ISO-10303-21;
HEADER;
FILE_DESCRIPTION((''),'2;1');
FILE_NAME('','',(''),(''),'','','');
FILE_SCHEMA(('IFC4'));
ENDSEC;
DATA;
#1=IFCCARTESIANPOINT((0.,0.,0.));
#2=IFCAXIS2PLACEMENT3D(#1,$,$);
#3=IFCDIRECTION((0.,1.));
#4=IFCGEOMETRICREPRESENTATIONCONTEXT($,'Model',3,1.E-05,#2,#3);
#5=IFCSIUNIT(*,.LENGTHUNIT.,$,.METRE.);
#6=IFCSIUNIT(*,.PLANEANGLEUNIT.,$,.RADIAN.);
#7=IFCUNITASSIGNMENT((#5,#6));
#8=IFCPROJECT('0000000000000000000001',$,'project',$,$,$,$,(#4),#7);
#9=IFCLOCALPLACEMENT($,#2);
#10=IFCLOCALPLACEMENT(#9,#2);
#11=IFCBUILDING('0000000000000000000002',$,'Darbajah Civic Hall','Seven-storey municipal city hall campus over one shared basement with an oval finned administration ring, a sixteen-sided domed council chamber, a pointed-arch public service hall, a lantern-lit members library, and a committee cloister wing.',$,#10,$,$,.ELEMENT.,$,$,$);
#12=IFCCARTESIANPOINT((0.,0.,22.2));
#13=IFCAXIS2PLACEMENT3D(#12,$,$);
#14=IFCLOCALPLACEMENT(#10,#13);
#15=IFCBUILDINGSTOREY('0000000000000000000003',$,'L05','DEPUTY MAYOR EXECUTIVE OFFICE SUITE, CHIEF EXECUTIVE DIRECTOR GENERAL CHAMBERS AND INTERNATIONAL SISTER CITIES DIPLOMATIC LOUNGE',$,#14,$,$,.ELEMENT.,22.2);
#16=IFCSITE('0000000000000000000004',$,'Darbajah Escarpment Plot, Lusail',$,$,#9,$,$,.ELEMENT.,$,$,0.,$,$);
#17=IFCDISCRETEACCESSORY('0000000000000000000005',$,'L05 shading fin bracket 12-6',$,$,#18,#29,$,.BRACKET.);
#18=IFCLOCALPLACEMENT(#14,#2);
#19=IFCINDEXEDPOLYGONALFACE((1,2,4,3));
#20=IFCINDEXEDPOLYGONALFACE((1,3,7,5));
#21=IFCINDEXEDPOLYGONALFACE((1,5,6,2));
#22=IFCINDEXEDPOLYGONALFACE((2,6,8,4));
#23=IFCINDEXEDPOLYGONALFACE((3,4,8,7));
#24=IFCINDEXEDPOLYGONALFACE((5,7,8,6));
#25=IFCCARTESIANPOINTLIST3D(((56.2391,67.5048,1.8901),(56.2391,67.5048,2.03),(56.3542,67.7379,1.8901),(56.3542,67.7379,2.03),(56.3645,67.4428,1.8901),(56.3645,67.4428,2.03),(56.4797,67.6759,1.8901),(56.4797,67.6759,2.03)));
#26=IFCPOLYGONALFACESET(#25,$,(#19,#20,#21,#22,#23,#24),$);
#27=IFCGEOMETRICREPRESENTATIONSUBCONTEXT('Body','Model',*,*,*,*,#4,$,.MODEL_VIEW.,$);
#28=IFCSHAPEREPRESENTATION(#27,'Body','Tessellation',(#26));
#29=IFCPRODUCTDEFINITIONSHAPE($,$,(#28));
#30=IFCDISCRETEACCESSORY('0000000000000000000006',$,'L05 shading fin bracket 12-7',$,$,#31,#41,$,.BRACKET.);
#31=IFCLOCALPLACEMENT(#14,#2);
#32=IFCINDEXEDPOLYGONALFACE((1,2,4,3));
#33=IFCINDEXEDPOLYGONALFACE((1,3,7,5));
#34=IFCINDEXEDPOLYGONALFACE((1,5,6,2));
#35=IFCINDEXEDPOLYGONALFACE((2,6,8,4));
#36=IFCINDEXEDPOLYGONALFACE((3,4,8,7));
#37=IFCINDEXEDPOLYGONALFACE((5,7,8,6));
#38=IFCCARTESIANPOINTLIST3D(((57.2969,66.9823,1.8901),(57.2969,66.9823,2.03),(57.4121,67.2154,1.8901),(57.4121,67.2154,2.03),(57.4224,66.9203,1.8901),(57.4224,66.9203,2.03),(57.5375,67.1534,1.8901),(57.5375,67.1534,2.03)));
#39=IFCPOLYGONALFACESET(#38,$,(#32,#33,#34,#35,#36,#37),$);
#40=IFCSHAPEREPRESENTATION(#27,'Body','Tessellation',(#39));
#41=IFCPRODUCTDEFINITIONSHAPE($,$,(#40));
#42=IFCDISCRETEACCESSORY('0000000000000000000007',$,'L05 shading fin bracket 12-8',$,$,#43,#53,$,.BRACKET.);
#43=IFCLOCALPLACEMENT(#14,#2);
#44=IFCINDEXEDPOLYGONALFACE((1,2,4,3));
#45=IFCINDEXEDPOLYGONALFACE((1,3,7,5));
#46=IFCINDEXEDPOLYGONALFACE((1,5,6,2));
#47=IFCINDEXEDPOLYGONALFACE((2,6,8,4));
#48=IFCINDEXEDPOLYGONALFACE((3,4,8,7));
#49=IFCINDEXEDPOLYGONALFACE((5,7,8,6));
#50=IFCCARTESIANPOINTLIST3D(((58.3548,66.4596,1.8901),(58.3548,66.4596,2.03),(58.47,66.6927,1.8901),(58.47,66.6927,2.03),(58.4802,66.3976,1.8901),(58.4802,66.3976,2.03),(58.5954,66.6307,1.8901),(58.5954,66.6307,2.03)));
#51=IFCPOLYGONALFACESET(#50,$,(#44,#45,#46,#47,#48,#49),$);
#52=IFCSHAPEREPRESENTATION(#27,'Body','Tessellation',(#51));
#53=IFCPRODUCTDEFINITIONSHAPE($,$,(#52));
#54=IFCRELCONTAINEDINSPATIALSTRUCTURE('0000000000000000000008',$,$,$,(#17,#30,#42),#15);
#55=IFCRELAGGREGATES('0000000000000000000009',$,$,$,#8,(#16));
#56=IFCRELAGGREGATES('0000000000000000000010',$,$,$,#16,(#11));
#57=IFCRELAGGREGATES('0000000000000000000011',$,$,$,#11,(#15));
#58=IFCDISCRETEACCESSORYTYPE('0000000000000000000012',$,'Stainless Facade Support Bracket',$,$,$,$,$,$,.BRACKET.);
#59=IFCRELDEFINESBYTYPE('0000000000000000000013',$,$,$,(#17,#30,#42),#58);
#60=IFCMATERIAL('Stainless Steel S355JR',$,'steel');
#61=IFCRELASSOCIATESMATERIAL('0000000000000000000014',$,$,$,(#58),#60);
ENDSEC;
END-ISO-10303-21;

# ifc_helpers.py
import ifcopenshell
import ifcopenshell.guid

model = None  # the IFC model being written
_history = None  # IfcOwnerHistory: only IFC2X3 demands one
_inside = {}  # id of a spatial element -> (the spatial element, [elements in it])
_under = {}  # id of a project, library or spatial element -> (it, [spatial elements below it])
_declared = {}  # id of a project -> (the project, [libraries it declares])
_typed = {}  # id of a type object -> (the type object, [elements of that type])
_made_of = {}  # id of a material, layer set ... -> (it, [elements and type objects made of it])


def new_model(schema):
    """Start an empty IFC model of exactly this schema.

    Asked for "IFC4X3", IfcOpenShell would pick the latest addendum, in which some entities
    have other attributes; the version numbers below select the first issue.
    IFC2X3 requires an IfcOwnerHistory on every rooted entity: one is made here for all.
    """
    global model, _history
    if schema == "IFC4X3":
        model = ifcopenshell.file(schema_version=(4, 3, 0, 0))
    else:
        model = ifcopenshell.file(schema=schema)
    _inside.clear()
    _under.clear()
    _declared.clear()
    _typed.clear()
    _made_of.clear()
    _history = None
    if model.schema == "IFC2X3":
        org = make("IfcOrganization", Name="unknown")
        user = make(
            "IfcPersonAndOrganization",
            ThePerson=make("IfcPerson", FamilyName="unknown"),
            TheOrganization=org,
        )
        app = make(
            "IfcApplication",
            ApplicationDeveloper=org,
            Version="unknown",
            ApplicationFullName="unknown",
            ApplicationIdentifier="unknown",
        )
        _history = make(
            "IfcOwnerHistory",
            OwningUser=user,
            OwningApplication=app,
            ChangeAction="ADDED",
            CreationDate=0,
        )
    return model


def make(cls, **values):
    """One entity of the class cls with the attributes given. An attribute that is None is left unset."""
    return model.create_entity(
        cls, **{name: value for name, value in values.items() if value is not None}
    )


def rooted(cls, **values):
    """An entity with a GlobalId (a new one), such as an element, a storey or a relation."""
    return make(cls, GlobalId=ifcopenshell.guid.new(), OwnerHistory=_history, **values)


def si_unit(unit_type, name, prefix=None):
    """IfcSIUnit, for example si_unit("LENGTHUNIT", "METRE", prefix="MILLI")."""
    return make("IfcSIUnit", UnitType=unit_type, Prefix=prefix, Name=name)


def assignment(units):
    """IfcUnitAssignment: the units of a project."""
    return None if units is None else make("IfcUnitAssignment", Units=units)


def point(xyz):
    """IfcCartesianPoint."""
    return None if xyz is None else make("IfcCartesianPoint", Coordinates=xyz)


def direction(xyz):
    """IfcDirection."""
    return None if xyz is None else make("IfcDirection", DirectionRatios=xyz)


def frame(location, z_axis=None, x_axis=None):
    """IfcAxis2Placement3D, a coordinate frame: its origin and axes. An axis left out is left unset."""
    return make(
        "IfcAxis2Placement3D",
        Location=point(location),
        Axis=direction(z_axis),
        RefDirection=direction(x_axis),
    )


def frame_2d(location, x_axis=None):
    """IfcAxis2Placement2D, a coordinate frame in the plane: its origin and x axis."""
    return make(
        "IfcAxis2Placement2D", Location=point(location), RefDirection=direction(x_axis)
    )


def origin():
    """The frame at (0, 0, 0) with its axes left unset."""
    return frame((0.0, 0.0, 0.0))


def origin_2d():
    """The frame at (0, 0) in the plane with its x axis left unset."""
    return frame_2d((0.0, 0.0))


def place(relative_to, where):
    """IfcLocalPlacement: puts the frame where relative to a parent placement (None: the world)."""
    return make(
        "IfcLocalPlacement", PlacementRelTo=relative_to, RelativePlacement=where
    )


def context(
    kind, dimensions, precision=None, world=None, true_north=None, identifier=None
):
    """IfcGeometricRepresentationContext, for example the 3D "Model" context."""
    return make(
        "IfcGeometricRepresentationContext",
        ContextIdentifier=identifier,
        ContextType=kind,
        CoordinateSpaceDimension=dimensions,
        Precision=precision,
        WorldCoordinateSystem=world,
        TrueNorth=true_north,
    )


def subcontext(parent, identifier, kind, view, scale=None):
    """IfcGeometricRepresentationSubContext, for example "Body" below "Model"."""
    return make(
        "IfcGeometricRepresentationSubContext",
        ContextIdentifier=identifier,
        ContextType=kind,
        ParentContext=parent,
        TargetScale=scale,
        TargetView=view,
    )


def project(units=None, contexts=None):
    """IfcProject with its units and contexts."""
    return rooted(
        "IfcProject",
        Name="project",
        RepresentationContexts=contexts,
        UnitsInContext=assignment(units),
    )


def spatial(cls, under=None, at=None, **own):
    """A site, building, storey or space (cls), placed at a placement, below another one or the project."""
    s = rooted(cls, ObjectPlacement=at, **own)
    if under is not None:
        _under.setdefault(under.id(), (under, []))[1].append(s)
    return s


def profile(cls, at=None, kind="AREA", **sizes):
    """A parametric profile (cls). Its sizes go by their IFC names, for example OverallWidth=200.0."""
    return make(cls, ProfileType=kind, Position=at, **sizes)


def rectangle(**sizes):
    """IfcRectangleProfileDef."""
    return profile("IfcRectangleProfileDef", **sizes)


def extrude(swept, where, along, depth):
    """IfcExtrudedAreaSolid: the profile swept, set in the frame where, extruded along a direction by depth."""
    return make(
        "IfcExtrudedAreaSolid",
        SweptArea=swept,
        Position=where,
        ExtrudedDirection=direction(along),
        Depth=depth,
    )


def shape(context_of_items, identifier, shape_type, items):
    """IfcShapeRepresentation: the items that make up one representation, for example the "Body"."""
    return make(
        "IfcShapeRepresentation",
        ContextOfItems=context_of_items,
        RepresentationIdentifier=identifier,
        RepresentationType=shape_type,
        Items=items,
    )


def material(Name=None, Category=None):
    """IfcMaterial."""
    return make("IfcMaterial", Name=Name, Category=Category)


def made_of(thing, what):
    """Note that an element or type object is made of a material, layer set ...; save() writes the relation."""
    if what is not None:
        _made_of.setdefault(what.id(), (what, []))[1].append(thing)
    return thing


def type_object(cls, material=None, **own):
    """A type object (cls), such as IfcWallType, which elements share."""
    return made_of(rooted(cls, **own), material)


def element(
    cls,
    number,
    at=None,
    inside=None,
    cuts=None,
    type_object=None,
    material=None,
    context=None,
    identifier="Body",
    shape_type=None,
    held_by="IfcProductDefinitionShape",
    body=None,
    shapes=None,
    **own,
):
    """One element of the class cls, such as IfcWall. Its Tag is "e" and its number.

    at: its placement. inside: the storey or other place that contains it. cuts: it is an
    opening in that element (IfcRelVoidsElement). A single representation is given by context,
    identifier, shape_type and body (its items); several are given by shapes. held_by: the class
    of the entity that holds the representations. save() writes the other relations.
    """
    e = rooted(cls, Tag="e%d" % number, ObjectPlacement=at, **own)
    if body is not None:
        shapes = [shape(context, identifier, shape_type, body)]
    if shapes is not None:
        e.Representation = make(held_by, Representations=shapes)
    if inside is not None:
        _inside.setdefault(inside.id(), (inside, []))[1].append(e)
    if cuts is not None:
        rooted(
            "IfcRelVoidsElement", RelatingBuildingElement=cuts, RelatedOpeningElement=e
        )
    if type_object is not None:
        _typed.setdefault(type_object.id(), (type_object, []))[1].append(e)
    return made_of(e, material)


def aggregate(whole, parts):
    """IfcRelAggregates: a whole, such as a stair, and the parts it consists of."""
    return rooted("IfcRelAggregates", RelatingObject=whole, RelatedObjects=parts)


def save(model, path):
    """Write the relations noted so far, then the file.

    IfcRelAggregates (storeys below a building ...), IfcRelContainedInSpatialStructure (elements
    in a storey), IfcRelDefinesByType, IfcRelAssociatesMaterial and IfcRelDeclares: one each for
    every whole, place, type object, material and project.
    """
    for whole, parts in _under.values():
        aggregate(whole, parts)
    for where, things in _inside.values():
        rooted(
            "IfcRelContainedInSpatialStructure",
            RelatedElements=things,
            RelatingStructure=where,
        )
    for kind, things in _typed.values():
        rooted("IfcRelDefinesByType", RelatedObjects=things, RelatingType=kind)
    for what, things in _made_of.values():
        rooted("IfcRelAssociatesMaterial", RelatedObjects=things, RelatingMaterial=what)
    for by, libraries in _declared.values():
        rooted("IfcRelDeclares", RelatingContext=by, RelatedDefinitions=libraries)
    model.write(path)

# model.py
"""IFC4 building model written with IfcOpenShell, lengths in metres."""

from ifc_helpers import new_model, si_unit, direction, frame, origin, origin_2d, place, context, subcontext, project, spatial, rectangle, extrude, material, type_object, element, save


model = new_model("IFC4")

# Units and contexts
model_context = context("Model", 3, precision=1e-05, world=origin(), true_north=direction((0.0, 1.0)))
body_context = subcontext(model_context, "Body", "Model", "MODEL_VIEW")
ifc_project = project(units=[si_unit("LENGTHUNIT", "METRE"), si_unit("PLANEANGLEUNIT", "RADIAN")], contexts=[model_context])

# Site, building, storey
site_placement = place(None, origin())
site = spatial("IfcSite", under=ifc_project, at=site_placement, Name="Darbajah Escarpment Plot, Lusail", CompositionType="ELEMENT", RefElevation=0.0)
building_placement = place(site_placement, origin())
building = spatial("IfcBuilding", under=site, at=building_placement, Name="Darbajah Civic Hall", Description="Seven-storey municipal city hall campus over one shared basement with an oval finned administration ring, a sixteen-sided domed council chamber, a pointed-arch public service hall, a lantern-lit members library, and a committee cloister wing.", CompositionType="ELEMENT")
storey_placement = place(building_placement, frame((0.0, 0.0, 22.2)))
storey = spatial("IfcBuildingStorey", under=building, at=storey_placement, Name="L05", Description="DEPUTY MAYOR EXECUTIVE OFFICE SUITE, CHIEF EXECUTIVE DIRECTOR GENERAL CHAMBERS AND INTERNATIONAL SISTER CITIES DIPLOMATIC LOUNGE", CompositionType="ELEMENT", Elevation=22.2)

# Discrete accessories
ifc_material_1 = material(Name="Stainless Steel S355JR", Category="steel")
discrete_accessory_type = type_object("IfcDiscreteAccessoryType", Name="Stainless Facade Support Bracket", PredefinedType="BRACKET", material=ifc_material_1)
for number, where, z_axis, x_axis, name in (
    (1, (56.3594, 67.5903, 1.8901), (0.0, 0.0, 1.0), (-0.442915, -0.896564, 0.0), "L05 shading fin bracket 12-6"),
    (2, (57.4172, 67.0679, 1.8901), (0.0, 0.0, 1.0), (-0.442915, -0.896564, 0.0), "L05 shading fin bracket 12-7"),
    (3, (58.4751, 66.5452, 1.8901), (0.0, 0.0, 1.0), (-0.442915, -0.896564, 0.0), "L05 shading fin bracket 12-8"),
):
    element("IfcDiscreteAccessory", number, at=place(storey_placement, frame(where, z_axis=z_axis, x_axis=x_axis)), inside=storey, type_object=discrete_accessory_type, Name=name, PredefinedType="BRACKET", context=body_context, shape_type="SweptSolid", body=[
        extrude(rectangle(XDim=0.26, YDim=0.1399, at=origin_2d()), origin(), (0.0, 0.0, 1.0), 0.1399),
    ])

save(model, "model.ifc")
